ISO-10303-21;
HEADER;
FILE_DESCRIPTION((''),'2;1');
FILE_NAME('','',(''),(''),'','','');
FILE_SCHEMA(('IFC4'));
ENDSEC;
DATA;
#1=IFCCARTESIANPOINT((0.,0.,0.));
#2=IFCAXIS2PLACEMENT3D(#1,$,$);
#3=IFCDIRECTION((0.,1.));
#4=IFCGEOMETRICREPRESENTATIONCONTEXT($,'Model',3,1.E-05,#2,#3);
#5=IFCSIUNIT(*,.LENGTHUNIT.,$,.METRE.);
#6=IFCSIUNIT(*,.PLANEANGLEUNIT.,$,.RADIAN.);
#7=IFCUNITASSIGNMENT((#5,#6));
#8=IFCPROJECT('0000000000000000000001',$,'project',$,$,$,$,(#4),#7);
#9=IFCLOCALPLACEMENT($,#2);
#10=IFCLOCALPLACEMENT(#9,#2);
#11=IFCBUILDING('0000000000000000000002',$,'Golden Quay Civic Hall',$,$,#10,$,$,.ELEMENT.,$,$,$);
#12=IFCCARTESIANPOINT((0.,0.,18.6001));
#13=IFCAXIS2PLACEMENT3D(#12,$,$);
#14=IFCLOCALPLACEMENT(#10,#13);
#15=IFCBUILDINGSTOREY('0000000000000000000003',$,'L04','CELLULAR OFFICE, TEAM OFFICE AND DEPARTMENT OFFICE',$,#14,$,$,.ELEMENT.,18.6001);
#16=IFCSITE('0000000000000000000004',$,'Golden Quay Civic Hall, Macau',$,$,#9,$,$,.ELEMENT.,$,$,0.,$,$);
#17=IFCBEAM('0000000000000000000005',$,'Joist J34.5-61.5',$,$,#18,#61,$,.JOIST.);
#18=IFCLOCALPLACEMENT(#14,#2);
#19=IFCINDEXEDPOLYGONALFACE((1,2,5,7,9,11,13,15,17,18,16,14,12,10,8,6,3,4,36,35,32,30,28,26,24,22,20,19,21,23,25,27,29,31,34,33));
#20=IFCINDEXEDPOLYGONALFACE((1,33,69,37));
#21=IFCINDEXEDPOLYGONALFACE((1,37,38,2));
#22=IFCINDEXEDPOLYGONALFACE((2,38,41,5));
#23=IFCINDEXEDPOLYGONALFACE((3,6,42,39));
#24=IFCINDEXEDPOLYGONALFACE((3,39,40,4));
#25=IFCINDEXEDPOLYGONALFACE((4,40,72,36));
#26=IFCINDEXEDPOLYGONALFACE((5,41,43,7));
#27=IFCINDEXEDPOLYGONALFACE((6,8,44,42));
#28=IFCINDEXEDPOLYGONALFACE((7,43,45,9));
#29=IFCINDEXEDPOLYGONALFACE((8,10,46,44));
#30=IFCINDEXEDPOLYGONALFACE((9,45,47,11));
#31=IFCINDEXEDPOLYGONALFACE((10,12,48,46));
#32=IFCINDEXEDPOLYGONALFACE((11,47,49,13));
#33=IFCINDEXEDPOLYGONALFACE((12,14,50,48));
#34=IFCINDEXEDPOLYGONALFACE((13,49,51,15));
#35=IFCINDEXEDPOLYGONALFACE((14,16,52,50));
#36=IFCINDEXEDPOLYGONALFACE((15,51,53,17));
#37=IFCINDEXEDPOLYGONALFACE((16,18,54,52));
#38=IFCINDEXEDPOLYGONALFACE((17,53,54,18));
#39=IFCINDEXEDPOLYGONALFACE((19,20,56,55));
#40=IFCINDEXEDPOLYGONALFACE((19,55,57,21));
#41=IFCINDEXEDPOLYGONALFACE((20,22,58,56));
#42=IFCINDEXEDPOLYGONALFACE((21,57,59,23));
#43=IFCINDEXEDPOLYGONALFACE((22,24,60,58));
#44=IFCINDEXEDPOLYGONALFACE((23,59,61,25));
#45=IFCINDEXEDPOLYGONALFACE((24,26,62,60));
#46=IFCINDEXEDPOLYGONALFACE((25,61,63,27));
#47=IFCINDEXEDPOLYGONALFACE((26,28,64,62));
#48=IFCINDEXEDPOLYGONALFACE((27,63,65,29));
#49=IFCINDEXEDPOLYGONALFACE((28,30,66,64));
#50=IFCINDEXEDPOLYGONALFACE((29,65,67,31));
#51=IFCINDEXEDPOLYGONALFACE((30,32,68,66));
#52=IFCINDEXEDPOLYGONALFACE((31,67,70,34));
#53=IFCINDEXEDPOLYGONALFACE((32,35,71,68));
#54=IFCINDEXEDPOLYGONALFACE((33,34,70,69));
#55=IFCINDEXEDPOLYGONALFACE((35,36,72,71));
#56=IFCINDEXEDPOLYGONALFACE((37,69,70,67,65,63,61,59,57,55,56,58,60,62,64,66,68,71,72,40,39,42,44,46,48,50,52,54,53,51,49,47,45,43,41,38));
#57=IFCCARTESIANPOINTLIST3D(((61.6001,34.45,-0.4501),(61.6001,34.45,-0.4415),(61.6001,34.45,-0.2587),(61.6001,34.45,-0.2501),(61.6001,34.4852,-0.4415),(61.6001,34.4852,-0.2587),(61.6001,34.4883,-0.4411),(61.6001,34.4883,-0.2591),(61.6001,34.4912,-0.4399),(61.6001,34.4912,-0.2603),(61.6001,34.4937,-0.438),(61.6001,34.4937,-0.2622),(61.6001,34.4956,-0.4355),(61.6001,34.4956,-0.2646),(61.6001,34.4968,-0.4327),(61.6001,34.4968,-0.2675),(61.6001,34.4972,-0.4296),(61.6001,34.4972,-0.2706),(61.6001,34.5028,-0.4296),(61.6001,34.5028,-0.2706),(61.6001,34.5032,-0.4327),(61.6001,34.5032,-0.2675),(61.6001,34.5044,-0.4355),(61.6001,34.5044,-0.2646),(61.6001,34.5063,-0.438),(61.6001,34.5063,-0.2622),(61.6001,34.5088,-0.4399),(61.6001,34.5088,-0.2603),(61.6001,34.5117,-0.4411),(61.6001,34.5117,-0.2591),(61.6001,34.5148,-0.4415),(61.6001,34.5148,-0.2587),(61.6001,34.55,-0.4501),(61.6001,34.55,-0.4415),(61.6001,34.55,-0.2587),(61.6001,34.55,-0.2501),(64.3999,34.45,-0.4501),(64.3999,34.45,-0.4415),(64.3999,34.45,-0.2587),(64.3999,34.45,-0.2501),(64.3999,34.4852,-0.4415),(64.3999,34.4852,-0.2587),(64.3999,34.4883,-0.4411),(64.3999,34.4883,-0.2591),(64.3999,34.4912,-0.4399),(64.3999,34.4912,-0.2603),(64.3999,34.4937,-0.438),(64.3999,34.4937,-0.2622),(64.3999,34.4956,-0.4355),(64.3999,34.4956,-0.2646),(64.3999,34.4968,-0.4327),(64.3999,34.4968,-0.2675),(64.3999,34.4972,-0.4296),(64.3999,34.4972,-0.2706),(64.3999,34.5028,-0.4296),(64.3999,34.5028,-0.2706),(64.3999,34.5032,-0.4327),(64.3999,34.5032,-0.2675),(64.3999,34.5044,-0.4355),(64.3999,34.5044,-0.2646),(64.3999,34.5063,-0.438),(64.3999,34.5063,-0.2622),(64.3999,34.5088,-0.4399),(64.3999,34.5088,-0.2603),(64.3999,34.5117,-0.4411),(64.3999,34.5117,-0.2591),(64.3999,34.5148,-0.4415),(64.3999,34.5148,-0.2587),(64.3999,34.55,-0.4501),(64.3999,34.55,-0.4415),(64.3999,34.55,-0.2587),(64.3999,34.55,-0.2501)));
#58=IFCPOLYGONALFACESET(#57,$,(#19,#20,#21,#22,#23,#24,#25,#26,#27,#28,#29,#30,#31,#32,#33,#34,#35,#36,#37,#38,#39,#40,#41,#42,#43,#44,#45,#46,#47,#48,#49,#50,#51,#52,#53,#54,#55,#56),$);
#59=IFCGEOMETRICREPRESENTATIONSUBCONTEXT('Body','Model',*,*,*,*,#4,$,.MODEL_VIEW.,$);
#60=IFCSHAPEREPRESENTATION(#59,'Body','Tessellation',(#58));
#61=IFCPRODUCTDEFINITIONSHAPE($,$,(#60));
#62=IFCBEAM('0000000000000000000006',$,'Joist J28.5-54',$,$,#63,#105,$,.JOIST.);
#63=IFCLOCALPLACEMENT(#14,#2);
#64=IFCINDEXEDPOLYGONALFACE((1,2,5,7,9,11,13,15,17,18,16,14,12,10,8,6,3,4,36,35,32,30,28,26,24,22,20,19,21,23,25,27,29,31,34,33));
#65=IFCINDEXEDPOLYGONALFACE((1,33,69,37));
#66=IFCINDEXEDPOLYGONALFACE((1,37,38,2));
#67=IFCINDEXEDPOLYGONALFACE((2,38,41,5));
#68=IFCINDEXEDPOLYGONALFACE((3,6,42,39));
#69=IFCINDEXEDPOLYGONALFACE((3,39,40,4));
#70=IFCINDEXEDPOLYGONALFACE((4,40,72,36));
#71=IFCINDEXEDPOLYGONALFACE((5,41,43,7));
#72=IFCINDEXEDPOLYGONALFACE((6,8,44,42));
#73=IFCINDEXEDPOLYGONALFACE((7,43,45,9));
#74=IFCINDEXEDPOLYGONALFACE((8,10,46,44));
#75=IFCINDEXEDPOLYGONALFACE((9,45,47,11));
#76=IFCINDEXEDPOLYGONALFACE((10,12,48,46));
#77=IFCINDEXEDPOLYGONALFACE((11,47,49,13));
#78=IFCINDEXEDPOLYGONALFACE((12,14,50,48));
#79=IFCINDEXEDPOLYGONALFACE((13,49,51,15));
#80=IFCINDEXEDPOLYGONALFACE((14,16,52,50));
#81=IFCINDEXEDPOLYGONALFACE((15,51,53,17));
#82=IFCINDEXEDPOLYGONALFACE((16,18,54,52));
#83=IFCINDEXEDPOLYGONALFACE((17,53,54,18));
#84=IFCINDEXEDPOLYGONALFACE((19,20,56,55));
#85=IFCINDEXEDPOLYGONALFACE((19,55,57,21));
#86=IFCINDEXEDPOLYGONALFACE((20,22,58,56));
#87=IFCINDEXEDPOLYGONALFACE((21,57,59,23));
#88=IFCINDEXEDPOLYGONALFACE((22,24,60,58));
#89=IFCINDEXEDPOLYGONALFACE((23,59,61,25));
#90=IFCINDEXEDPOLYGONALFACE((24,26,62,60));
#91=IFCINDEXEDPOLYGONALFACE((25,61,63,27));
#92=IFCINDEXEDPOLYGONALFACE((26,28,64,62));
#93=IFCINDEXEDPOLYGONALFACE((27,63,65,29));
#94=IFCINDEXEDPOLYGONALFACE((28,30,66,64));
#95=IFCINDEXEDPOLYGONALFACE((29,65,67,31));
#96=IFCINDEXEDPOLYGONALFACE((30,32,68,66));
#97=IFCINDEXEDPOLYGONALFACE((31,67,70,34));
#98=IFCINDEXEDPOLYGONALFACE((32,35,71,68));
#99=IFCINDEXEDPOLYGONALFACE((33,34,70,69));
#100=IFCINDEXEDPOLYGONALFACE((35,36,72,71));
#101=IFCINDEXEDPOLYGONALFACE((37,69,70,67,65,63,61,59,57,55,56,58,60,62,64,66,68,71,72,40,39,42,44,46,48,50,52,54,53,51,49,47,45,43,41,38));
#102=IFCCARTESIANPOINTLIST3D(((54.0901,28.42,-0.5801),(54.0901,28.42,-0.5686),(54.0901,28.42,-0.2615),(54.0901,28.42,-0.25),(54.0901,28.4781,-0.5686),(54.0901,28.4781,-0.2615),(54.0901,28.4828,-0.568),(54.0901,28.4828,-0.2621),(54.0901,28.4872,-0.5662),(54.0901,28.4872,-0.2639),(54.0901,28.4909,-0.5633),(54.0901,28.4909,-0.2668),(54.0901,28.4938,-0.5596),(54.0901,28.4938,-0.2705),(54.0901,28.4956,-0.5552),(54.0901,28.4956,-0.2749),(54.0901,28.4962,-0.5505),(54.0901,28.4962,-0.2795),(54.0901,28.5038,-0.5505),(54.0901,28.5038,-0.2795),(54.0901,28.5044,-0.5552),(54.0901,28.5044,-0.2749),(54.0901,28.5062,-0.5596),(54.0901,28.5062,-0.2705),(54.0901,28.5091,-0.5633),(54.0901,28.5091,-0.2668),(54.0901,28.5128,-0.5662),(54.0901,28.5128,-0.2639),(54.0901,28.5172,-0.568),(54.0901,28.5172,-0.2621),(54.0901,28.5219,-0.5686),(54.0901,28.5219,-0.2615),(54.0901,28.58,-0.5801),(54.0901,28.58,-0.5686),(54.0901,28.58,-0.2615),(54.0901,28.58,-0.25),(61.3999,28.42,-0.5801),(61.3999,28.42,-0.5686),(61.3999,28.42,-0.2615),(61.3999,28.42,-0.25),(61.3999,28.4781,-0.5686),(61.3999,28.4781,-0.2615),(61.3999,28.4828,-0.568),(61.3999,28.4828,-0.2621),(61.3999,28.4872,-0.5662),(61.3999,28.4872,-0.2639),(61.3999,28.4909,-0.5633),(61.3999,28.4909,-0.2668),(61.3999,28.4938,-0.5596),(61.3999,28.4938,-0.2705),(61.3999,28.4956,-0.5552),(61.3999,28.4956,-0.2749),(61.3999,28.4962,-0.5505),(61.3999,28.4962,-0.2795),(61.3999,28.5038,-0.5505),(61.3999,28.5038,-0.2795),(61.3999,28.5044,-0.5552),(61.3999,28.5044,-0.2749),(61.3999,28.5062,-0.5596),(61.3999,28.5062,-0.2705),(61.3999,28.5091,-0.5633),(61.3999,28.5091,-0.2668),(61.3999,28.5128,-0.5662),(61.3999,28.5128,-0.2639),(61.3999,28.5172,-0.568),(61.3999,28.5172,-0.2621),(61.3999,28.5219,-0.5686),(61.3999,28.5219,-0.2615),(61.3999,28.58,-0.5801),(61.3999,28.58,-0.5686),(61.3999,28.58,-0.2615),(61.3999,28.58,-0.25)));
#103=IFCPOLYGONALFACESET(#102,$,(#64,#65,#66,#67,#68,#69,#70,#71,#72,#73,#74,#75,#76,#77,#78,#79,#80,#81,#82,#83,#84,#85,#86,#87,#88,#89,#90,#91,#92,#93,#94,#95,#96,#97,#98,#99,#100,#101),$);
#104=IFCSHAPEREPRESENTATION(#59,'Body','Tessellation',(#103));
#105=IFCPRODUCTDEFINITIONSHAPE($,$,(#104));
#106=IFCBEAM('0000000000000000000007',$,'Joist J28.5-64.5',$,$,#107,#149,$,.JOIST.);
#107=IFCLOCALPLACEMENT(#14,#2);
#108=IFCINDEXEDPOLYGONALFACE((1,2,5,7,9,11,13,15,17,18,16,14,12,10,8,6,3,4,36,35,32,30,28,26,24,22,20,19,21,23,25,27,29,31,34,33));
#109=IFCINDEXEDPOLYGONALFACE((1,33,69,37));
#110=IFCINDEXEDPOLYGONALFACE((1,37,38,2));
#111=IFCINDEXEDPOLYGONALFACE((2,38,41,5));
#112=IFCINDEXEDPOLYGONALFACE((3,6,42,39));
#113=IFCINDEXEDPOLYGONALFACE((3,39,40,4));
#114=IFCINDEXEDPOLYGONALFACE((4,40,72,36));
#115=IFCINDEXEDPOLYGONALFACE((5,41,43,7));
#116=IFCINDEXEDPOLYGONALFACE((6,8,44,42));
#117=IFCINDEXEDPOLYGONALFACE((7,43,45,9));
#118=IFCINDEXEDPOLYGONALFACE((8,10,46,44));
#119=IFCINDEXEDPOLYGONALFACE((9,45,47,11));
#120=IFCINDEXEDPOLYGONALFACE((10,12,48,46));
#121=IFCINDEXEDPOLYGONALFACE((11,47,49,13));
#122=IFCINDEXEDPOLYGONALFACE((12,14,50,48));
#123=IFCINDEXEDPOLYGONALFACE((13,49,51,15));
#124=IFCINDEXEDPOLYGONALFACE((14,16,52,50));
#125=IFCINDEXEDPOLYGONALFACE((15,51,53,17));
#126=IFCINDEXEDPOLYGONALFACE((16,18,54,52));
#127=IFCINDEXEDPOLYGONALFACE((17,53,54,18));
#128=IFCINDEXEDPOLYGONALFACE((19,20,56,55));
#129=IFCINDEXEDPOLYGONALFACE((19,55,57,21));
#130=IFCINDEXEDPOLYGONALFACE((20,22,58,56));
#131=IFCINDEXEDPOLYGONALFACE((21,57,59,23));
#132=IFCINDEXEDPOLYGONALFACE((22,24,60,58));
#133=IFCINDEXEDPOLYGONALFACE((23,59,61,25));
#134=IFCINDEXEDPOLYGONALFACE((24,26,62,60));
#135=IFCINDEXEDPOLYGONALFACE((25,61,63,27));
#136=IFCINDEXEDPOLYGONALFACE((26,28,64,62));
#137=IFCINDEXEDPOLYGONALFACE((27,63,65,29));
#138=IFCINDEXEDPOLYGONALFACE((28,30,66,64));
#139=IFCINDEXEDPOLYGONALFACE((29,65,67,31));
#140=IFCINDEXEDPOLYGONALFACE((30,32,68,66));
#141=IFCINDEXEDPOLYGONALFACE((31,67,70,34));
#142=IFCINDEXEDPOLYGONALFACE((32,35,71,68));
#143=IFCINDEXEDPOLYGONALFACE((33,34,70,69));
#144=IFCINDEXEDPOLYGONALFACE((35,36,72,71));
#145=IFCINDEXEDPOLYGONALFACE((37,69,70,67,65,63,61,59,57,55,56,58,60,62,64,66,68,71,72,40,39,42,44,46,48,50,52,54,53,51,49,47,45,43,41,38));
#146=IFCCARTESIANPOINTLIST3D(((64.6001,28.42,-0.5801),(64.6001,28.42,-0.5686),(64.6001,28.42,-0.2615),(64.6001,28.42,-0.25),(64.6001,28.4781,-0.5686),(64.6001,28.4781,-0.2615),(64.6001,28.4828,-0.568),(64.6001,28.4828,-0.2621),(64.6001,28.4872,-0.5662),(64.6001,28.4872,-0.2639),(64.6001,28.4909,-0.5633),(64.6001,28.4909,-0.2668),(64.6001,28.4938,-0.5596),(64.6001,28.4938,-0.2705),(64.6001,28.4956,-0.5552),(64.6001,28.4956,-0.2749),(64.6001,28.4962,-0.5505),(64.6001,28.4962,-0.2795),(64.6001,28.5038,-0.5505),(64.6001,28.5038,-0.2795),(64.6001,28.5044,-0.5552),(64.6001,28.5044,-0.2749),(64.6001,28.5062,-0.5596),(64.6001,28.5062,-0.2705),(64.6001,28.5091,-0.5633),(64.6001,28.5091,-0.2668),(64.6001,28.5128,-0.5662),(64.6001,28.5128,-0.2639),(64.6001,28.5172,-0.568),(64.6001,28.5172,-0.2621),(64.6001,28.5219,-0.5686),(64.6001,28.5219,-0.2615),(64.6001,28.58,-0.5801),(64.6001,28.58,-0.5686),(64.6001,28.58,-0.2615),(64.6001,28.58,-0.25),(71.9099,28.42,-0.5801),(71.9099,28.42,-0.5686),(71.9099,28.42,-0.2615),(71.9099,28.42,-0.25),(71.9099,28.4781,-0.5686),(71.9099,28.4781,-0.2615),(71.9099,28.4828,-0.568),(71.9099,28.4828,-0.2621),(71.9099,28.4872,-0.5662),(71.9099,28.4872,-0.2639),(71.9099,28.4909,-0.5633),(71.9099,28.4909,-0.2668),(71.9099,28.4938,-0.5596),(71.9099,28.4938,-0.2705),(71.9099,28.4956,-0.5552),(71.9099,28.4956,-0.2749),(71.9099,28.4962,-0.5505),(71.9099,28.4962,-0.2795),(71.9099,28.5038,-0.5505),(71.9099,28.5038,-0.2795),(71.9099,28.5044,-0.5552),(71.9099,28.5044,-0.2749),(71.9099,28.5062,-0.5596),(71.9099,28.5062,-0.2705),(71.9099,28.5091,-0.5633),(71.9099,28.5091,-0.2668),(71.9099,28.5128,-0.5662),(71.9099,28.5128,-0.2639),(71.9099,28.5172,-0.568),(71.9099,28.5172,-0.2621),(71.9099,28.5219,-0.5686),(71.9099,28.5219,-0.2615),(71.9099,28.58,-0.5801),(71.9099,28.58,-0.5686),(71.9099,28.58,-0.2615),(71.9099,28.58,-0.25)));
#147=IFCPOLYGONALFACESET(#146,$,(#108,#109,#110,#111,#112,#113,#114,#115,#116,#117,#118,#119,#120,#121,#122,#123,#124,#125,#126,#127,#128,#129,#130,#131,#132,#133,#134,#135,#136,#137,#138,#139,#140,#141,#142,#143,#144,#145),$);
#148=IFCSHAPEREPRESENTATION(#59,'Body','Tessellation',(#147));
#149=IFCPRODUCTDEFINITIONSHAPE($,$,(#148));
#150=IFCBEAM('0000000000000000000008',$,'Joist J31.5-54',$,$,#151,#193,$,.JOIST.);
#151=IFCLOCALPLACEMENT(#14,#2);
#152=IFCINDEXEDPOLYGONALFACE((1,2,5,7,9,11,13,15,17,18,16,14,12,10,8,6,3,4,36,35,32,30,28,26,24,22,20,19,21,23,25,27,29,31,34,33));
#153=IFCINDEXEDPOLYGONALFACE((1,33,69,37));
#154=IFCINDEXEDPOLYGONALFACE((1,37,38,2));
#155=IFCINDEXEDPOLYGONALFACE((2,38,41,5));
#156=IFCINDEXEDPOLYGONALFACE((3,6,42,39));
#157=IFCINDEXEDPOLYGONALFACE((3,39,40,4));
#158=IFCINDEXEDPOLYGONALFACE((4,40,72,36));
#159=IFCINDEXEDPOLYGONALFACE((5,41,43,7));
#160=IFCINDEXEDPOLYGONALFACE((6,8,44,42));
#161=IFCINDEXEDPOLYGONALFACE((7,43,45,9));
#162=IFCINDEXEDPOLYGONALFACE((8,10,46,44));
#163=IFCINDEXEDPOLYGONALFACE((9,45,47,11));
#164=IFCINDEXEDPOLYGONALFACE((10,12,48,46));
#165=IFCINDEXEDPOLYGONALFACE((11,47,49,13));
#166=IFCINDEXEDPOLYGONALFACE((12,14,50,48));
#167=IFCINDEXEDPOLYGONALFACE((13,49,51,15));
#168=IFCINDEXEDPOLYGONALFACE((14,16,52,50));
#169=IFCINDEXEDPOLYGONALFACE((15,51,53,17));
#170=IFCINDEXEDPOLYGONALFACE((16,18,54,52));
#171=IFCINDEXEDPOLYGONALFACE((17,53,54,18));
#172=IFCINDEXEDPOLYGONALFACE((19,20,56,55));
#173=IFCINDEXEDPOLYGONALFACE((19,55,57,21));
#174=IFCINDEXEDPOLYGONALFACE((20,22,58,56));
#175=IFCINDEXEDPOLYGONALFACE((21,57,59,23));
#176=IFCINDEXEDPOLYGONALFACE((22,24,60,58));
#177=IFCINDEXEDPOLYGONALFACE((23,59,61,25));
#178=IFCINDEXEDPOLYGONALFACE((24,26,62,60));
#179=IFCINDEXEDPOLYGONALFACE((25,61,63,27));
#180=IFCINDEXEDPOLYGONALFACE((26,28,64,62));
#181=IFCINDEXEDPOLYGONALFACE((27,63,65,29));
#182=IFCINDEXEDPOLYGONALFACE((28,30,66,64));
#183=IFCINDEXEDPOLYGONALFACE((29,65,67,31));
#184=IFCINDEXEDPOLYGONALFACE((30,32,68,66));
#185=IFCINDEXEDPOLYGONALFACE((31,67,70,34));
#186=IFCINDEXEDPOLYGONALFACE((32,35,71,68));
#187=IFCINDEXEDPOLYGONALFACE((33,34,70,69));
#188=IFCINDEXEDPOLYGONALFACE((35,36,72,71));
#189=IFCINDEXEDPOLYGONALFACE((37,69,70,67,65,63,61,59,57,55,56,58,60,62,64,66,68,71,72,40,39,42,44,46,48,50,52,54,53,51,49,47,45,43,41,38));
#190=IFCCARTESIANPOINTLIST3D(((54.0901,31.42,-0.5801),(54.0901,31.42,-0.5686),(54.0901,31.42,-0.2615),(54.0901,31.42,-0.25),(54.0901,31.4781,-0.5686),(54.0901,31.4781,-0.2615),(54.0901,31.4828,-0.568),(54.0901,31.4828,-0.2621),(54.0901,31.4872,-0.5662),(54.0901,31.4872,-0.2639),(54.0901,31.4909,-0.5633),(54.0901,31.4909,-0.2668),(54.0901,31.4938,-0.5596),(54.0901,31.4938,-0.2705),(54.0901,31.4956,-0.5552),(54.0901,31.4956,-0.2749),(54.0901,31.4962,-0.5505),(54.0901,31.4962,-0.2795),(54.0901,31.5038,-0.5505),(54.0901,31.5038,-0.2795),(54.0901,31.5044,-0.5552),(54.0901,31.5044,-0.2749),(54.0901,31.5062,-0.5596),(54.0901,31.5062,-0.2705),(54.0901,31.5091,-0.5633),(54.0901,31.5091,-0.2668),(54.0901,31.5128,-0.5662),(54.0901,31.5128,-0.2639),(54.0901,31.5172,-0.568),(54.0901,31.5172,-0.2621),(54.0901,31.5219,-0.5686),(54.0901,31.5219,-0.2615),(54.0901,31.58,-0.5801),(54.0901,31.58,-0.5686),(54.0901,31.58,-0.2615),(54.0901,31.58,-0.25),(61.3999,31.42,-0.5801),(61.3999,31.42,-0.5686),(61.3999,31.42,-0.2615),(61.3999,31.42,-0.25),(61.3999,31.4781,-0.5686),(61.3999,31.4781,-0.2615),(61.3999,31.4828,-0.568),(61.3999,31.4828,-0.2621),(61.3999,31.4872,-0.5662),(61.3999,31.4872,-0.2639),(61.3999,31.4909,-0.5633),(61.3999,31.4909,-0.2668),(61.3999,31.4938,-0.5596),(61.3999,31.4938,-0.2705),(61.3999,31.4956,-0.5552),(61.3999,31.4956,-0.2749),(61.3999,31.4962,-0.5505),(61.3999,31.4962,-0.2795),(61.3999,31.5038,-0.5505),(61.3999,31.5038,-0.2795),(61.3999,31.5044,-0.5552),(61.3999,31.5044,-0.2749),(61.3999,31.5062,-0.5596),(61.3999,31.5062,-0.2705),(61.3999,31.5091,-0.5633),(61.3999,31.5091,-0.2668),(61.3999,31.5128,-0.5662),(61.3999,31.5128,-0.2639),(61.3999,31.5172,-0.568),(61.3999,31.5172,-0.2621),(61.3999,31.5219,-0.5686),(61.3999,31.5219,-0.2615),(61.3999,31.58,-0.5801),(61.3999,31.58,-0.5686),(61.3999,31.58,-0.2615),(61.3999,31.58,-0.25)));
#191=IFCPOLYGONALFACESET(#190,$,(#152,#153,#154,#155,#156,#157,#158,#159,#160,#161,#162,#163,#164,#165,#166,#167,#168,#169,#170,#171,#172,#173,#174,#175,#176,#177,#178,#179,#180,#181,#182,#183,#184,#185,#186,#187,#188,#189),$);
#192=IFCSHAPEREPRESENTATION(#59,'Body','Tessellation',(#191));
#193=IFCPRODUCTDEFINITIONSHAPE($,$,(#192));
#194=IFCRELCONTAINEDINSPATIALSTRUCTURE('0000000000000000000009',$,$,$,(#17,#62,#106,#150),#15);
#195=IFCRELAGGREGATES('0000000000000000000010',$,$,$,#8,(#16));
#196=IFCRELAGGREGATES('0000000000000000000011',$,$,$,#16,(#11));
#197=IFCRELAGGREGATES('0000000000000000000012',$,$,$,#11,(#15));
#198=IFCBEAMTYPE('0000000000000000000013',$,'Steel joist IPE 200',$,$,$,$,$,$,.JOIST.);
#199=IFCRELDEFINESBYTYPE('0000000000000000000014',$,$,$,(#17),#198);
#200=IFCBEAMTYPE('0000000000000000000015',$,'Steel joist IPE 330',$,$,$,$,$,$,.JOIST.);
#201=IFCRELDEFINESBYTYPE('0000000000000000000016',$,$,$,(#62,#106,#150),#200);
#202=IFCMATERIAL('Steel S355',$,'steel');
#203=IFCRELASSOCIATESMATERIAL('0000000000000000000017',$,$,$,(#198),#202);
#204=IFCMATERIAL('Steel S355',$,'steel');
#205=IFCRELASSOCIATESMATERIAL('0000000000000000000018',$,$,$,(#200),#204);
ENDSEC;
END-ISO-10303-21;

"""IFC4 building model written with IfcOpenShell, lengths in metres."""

from ifc_helpers import new_model, si_unit, direction, frame, origin, origin_2d, place, context, subcontext, project, spatial, i_section, extrude, material, material_profile, profile_set, type_object, element, save


model = new_model("IFC4")

# Units and contexts
model_context = context("Model", 3, precision=1e-05, world=origin(), true_north=direction((0.0, 1.0)))
body_context = subcontext(model_context, "Body", "Model", "MODEL_VIEW")
ifc_project = project(units=[si_unit("LENGTHUNIT", "METRE"), si_unit("PLANEANGLEUNIT", "RADIAN")], contexts=[model_context])

# Site, building, storey
site_placement = place(None, origin())
site = spatial("IfcSite", under=ifc_project, at=site_placement, Name="Golden Quay Civic Hall, Macau", CompositionType="ELEMENT", RefElevation=0.0)
building_placement = place(site_placement, origin())
building = spatial("IfcBuilding", under=site, at=building_placement, Name="Golden Quay Civic Hall", CompositionType="ELEMENT")
storey_placement = place(building_placement, frame((0.0, 0.0, 18.6001)))
storey = spatial("IfcBuildingStorey", under=building, at=storey_placement, Name="L04", Description="CELLULAR OFFICE, TEAM OFFICE AND DEPARTMENT OFFICE", CompositionType="ELEMENT", Elevation=18.6001)

# Beams
ifc_material_1 = material(Name="Steel S355", Category="steel")
ifc_material_profile_1 = material_profile(ifc_material_1, i_section(OverallWidth=0.1001, OverallDepth=0.2, WebThickness=0.0056, FlangeThickness=0.0085, FilletRadius=0.012, at=origin_2d()), Name="IPE 200")
ifc_profile_set_1 = profile_set([ifc_material_profile_1], Name="Steel S355")
beam_type_1 = type_object("IfcBeamType", Name="Steel joist IPE 200", PredefinedType="JOIST", material=ifc_profile_set_1)
for number, where, z_axis, x_axis, name in (
    (1, (61.6001, 34.5, -0.3501), (1.0, 0.0, 0.0), (0.0, 1.0, 0.0), "Joist J34.5-61.5"),
):
    element("IfcBeam", number, at=place(storey_placement, frame(where, z_axis=z_axis, x_axis=x_axis)), inside=storey, type_object=beam_type_1, Name=name, PredefinedType="JOIST", context=body_context, shape_type="SweptSolid", body=[
        extrude(i_section(OverallWidth=0.1001, OverallDepth=0.2, WebThickness=0.0056, FlangeThickness=0.0085, FilletRadius=0.012, at=origin_2d()), origin(), (0.0, 0.0, 1.0), 2.7998),
    ])
ifc_material_2 = material(Name="Steel S355", Category="steel")
ifc_material_profile_2 = material_profile(ifc_material_2, i_section(OverallWidth=0.1599, OverallDepth=0.3301, WebThickness=0.0076, FlangeThickness=0.0115, FilletRadius=0.0181, at=origin_2d()), Name="IPE 330")
ifc_profile_set_2 = profile_set([ifc_material_profile_2], Name="Steel S355")
beam_type_2 = type_object("IfcBeamType", Name="Steel joist IPE 330", PredefinedType="JOIST", material=ifc_profile_set_2)
for number, where, z_axis, x_axis, name in (
    (2, (54.0901, 28.5, -0.415), (1.0, 0.0, 0.0), (0.0, 1.0, 0.0), "Joist J28.5-54"),
    (3, (64.6001, 28.5, -0.415), (1.0, 0.0, 0.0), (0.0, 1.0, 0.0), "Joist J28.5-64.5"),
    (4, (54.0901, 31.5, -0.415), (1.0, 0.0, 0.0), (0.0, 1.0, 0.0), "Joist J31.5-54"),
):
    element("IfcBeam", number, at=place(storey_placement, frame(where, z_axis=z_axis, x_axis=x_axis)), inside=storey, type_object=beam_type_2, Name=name, PredefinedType="JOIST", context=body_context, shape_type="SweptSolid", body=[
        extrude(i_section(OverallWidth=0.1599, OverallDepth=0.3301, WebThickness=0.0076, FlangeThickness=0.0115, FilletRadius=0.0181, at=origin_2d()), origin(), (0.0, 0.0, 1.0), 7.3098),
    ])

save(model, "model.ifc")
